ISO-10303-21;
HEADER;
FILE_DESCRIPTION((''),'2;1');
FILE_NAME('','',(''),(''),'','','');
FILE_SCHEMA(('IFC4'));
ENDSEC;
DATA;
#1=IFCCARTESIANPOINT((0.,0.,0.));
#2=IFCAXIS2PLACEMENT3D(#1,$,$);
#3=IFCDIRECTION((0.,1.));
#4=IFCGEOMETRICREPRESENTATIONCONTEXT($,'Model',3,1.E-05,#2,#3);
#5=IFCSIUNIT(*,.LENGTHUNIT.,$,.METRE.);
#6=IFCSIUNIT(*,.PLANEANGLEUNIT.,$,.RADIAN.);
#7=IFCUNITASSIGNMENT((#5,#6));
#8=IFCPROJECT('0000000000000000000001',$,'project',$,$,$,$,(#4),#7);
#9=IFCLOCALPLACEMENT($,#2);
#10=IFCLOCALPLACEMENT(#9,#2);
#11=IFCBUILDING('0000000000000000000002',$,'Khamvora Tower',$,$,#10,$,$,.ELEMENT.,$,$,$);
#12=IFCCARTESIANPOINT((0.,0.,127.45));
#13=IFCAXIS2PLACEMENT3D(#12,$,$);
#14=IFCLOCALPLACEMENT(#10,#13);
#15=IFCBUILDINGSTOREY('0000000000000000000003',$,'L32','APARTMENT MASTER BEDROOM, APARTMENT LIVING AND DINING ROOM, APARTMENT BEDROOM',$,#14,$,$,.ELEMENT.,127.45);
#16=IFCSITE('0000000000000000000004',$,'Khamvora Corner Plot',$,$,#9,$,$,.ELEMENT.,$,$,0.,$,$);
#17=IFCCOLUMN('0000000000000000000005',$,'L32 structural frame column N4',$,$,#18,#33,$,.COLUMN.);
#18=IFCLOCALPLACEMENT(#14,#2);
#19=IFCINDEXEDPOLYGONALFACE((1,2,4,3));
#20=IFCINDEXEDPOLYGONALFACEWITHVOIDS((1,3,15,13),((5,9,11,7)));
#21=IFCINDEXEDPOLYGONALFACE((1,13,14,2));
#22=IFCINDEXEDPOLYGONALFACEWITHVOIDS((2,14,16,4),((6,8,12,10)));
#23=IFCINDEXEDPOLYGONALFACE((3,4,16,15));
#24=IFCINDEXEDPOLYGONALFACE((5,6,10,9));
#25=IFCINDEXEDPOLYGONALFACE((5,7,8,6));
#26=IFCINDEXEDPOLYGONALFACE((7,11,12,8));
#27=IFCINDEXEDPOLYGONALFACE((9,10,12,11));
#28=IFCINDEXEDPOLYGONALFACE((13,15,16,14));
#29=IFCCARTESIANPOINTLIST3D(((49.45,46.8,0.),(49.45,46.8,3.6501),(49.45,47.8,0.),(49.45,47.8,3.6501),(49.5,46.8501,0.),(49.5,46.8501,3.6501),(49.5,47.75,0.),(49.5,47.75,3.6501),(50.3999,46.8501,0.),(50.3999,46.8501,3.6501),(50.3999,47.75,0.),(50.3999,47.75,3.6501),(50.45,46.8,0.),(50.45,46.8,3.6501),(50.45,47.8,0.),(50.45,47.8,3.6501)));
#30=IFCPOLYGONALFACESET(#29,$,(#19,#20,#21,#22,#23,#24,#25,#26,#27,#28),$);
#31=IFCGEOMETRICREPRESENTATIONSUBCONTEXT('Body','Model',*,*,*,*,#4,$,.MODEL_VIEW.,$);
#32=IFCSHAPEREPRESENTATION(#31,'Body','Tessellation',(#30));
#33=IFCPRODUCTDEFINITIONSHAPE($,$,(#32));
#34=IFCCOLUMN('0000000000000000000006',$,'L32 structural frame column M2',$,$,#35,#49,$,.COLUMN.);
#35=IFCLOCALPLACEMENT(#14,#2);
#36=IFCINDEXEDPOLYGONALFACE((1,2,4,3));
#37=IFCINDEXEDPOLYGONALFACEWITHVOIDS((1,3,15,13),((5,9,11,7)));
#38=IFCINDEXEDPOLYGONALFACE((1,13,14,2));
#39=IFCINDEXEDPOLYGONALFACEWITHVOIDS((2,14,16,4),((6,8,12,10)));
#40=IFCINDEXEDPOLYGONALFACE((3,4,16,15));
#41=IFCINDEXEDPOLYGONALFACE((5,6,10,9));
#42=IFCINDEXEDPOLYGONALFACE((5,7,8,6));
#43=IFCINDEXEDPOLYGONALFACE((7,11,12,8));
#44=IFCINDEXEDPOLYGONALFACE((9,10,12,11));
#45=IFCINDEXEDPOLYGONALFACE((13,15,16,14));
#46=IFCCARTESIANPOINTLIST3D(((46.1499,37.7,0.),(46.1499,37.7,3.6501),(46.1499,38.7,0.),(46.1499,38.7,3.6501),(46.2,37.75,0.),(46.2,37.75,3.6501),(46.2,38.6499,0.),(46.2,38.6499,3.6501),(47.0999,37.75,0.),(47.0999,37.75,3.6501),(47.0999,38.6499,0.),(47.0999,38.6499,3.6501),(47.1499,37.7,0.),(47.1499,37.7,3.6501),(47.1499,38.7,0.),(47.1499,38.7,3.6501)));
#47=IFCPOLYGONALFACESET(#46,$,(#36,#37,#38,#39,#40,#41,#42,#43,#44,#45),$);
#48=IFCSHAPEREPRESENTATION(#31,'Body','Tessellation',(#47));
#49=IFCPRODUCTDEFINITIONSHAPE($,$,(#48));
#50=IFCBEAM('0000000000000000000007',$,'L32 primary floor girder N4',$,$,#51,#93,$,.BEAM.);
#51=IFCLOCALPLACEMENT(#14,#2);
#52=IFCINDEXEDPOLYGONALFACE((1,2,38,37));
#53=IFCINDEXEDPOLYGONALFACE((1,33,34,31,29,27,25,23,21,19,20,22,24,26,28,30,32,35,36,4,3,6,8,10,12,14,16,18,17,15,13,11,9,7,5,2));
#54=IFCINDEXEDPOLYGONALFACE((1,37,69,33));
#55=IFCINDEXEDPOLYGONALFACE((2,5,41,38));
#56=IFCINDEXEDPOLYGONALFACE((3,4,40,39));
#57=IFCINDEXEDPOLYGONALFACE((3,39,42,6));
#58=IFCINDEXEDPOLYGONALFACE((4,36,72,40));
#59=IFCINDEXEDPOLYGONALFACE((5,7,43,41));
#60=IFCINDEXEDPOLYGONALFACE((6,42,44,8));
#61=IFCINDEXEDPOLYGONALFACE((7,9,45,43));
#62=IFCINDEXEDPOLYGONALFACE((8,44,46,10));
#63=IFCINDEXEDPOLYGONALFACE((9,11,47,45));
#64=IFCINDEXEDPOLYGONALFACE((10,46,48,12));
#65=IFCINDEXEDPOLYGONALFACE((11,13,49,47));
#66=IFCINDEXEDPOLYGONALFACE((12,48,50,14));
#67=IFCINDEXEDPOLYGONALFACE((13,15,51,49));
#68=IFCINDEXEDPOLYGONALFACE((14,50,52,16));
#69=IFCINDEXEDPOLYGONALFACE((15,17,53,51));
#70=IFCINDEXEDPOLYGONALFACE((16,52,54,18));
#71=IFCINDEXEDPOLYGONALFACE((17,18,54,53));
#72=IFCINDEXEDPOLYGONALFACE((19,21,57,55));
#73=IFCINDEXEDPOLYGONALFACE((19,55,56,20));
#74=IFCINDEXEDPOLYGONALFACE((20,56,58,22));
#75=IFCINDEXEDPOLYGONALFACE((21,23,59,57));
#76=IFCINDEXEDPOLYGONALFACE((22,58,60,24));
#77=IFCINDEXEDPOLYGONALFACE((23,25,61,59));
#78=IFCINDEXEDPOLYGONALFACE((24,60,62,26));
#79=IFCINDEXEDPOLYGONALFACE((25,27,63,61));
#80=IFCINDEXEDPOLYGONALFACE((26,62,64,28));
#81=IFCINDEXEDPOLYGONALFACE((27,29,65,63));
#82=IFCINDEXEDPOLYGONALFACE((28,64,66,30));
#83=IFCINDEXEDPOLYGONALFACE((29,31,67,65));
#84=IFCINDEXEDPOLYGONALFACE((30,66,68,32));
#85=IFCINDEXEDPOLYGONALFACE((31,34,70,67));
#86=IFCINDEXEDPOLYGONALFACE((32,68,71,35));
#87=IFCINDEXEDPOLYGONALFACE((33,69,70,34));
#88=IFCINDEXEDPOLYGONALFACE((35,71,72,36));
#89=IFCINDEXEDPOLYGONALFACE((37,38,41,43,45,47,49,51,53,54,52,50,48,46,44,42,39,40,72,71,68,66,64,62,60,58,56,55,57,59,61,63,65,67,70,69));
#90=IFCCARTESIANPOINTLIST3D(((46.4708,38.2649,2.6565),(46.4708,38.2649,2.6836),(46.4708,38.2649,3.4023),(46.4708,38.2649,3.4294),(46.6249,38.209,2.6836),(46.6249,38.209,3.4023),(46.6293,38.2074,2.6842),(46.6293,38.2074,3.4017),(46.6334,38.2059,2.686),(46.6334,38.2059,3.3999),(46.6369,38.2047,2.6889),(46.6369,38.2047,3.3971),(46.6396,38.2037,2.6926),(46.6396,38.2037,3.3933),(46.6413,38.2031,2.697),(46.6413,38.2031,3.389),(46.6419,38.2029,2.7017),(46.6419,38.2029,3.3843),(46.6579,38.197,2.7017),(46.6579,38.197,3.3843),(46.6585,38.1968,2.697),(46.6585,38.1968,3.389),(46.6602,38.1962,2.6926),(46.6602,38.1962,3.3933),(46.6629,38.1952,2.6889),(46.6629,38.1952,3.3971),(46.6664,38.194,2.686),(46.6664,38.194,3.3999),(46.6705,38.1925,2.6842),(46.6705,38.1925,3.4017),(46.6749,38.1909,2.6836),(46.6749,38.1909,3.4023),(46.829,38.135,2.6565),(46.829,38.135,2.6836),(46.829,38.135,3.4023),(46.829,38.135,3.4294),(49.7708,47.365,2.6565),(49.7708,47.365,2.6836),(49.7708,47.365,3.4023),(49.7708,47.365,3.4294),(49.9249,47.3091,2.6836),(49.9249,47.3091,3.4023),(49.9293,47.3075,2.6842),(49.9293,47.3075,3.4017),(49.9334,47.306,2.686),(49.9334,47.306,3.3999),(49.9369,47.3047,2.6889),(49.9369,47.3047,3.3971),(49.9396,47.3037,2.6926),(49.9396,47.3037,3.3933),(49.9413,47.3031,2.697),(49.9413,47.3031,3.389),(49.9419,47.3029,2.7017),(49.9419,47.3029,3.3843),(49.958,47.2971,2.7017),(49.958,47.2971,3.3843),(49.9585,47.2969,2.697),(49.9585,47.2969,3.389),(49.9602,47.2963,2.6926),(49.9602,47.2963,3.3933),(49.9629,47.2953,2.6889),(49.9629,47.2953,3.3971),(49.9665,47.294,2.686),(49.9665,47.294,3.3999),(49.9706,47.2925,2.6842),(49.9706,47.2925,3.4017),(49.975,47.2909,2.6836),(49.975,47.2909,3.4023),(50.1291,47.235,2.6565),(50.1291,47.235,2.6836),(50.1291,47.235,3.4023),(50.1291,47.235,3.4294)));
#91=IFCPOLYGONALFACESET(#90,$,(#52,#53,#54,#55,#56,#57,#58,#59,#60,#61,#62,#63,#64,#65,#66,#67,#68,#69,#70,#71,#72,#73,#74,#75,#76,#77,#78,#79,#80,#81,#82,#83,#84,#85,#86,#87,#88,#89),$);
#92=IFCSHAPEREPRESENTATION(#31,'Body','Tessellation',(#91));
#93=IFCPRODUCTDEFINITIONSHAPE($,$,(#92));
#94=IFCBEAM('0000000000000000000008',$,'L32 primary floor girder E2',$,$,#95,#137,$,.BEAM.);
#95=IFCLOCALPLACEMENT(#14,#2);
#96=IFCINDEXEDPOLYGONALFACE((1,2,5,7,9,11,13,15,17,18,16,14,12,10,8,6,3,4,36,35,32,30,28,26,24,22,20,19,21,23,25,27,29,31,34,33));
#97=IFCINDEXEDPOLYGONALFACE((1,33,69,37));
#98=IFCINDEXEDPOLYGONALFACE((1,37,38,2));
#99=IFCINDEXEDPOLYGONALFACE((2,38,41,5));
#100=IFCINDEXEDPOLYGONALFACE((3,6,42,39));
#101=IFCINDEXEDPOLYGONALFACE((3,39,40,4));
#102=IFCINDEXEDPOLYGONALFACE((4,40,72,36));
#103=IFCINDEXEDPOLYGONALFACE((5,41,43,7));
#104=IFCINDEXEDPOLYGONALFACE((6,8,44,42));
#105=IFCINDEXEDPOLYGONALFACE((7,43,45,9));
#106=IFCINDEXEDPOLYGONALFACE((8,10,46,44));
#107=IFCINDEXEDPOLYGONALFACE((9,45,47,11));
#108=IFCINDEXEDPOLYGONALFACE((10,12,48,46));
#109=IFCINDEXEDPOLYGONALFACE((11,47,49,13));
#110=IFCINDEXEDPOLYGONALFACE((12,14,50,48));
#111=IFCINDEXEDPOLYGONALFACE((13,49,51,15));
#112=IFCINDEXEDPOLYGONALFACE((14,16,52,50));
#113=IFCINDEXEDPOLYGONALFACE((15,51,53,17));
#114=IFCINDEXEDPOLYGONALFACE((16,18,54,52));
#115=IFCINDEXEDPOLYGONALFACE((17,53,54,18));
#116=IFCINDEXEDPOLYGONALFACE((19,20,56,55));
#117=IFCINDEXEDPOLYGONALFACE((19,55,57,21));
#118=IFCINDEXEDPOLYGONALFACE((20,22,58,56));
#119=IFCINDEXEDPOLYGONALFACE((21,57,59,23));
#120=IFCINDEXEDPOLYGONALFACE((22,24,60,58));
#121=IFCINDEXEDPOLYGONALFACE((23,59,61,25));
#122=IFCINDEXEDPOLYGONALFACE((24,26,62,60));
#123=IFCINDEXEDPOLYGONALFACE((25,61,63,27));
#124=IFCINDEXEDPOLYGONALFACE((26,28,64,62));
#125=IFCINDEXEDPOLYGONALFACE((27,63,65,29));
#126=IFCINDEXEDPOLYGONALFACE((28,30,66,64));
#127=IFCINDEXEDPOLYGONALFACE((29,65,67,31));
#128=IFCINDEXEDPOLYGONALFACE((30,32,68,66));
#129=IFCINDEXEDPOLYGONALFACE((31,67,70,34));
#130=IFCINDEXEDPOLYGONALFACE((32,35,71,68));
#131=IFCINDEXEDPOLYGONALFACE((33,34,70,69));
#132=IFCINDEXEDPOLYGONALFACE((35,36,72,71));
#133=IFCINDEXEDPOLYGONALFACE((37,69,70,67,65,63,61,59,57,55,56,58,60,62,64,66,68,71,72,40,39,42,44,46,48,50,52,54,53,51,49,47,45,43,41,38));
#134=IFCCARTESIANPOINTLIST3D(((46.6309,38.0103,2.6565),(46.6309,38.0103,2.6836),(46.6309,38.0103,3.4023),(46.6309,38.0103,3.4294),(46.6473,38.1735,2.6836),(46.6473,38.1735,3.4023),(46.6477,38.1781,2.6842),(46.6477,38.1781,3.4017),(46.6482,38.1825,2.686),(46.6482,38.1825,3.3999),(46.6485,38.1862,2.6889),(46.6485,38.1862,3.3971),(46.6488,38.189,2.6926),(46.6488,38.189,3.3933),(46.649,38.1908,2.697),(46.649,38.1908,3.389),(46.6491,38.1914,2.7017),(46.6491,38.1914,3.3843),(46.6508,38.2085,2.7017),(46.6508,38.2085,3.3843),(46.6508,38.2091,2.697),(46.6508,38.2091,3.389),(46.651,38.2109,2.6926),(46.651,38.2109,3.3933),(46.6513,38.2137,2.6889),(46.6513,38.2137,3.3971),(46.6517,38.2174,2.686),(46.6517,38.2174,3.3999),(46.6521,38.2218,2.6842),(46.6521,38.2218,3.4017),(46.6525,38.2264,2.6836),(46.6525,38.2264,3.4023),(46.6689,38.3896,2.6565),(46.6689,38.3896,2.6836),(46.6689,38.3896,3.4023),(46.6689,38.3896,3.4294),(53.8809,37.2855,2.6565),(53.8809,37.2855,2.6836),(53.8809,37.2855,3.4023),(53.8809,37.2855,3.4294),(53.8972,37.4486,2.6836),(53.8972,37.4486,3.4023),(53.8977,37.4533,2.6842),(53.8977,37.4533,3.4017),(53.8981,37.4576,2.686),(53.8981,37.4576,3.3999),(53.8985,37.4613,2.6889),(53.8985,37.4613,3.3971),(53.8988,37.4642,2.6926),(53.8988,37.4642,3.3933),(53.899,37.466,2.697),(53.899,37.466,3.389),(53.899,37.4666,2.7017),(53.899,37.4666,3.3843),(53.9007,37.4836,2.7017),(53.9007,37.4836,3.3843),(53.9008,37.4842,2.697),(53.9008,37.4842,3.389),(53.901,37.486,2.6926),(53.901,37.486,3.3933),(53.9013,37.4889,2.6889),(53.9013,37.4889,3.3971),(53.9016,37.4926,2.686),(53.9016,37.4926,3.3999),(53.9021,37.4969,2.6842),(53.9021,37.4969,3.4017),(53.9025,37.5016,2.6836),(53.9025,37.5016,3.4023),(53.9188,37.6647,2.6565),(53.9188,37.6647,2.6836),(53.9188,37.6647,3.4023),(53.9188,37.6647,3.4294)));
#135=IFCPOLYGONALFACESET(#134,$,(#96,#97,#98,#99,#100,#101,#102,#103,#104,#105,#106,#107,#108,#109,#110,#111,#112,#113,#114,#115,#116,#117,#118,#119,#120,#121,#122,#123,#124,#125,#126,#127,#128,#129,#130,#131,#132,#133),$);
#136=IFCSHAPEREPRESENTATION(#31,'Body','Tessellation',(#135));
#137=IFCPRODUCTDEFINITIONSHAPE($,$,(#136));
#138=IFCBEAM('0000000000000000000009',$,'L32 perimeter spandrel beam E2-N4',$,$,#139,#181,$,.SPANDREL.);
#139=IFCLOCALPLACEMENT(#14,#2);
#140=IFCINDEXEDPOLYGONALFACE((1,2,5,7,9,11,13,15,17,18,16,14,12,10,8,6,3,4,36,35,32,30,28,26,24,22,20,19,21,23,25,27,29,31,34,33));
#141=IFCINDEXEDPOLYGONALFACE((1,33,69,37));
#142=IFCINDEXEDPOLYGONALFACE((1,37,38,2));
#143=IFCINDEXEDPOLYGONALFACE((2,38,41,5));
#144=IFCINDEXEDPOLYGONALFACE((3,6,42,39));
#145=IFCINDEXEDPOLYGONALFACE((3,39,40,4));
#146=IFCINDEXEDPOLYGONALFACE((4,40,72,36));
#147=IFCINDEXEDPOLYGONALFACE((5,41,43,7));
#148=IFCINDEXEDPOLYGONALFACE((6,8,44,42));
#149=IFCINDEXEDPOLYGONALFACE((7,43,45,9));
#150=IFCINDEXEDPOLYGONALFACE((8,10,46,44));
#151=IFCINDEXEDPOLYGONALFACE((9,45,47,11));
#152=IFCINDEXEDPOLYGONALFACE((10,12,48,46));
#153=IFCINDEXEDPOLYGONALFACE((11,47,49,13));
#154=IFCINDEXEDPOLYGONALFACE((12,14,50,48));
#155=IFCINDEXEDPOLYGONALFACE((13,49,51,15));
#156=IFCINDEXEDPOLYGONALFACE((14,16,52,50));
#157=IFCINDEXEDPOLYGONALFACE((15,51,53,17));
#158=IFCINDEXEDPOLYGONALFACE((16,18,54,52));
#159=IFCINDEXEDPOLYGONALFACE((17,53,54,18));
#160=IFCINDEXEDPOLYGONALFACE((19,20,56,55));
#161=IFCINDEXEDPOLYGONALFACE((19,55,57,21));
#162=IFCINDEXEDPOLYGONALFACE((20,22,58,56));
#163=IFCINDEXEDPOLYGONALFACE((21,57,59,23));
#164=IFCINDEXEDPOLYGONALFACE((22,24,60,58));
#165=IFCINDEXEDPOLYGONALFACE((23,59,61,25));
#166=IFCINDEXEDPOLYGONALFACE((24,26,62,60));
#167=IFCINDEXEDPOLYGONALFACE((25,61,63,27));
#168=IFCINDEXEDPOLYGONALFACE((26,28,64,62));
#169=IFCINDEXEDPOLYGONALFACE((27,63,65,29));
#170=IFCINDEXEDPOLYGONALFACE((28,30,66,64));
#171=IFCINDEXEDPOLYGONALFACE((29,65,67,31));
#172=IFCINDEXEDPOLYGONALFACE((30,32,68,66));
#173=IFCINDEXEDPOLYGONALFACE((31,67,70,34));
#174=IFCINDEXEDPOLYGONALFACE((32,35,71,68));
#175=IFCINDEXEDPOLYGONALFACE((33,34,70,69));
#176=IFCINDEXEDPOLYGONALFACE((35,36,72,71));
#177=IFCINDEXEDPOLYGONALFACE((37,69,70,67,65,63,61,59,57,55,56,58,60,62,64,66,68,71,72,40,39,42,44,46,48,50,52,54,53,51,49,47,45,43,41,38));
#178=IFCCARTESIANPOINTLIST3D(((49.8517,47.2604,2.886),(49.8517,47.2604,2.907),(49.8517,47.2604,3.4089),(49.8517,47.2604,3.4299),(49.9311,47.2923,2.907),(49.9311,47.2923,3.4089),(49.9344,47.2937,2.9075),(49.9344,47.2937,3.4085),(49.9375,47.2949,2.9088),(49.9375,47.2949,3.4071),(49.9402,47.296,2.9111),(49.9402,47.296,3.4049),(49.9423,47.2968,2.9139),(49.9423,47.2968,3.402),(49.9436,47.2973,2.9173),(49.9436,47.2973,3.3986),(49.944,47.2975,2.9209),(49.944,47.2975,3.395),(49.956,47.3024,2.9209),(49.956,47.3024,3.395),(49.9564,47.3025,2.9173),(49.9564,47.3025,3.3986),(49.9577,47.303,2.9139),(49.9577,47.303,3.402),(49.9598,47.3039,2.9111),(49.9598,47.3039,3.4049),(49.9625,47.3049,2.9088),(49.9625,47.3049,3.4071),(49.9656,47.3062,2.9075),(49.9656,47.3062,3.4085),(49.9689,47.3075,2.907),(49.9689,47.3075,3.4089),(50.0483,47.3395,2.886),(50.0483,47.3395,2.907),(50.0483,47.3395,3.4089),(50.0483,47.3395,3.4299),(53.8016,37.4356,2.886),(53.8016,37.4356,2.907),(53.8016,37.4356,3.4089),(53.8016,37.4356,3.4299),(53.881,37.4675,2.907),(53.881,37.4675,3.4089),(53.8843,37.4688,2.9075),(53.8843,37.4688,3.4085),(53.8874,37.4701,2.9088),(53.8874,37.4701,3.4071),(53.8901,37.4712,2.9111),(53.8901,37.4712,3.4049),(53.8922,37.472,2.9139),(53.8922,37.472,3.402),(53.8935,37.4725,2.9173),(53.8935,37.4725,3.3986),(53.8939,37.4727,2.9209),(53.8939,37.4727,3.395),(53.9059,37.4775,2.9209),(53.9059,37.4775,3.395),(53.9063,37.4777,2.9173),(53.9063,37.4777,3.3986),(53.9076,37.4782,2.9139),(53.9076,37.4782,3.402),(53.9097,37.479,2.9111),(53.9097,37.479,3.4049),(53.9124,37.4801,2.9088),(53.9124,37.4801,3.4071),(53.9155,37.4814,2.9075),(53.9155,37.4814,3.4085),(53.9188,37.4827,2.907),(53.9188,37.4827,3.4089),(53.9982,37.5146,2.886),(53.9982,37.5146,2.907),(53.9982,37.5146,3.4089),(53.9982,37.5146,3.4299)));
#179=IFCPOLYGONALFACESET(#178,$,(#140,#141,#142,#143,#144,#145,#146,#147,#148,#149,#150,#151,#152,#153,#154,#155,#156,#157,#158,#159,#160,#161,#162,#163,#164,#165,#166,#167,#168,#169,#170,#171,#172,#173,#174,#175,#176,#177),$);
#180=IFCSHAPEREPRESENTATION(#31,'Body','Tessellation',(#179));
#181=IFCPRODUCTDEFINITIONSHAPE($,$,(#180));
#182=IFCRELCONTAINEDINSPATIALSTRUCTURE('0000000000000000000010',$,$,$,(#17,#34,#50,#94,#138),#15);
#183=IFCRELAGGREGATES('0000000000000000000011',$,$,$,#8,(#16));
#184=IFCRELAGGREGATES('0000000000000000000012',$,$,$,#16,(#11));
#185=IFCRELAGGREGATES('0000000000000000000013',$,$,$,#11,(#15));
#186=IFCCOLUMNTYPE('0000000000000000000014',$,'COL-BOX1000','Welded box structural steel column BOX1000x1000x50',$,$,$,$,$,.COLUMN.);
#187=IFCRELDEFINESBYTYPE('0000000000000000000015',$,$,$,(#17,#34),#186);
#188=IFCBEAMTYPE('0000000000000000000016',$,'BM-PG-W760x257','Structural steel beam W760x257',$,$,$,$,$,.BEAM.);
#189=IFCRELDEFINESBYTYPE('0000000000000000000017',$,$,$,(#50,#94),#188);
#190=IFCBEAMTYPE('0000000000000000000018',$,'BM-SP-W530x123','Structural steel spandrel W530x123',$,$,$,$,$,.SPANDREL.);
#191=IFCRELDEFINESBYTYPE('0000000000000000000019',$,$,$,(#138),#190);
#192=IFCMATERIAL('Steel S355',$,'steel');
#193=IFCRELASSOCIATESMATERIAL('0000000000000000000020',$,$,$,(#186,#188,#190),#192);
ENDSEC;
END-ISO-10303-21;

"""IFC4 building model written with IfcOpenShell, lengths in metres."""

from ifc_helpers import new_model, si_unit, direction, frame, origin, origin_2d, place, context, subcontext, project, spatial, hollow_rectangle, i_section, extrude, material, material_profile, profile_set, type_object, element, save


model = new_model("IFC4")

# Units and contexts
model_context = context("Model", 3, precision=1e-05, world=origin(), true_north=direction((0.0, 1.0)))
body_context = subcontext(model_context, "Body", "Model", "MODEL_VIEW")
ifc_project = project(units=[si_unit("LENGTHUNIT", "METRE"), si_unit("PLANEANGLEUNIT", "RADIAN")], contexts=[model_context])

# Site, building, storey
site_placement = place(None, origin())
site = spatial("IfcSite", under=ifc_project, at=site_placement, Name="Khamvora Corner Plot", CompositionType="ELEMENT", RefElevation=0.0)
building_placement = place(site_placement, origin())
building = spatial("IfcBuilding", under=site, at=building_placement, Name="Khamvora Tower", CompositionType="ELEMENT")
storey_placement = place(building_placement, frame((0.0, 0.0, 127.45)))
storey = spatial("IfcBuildingStorey", under=building, at=storey_placement, Name="L32", Description="APARTMENT MASTER BEDROOM, APARTMENT LIVING AND DINING ROOM, APARTMENT BEDROOM", CompositionType="ELEMENT", Elevation=127.45)

# Columns
ifc_material_1 = material(Name="Steel S355", Category="steel")
ifc_material_profile_1 = material_profile(ifc_material_1, hollow_rectangle(XDim=1.0, YDim=1.0, WallThickness=0.05, at=origin_2d()), Name="BOX1000x1000x50")
ifc_profile_set_1 = profile_set([ifc_material_profile_1], Name="Steel S355")
column_type = type_object("IfcColumnType", Name="COL-BOX1000", Description="Welded box structural steel column BOX1000x1000x50", PredefinedType="COLUMN", material=ifc_profile_set_1)
for number, where, z_axis, x_axis, name in (
    (1, (49.95, 47.3, 0.0), (0.0, 0.0, 1.0), (1.0, 0.0, 0.0), "L32 structural frame column N4"),
    (2, (46.6499, 38.2, 0.0), (0.0, 0.0, 1.0), (1.0, 0.0, 0.0), "L32 structural frame column M2"),
):
    element("IfcColumn", number, at=place(storey_placement, frame(where, z_axis=z_axis, x_axis=x_axis)), inside=storey, type_object=column_type, Name=name, PredefinedType="COLUMN", context=body_context, shape_type="SweptSolid", body=[
        extrude(hollow_rectangle(XDim=1.0, YDim=1.0, WallThickness=0.05, at=origin_2d()), origin(), (0.0, 0.0, 1.0), 3.6501),
    ])

# Beams
ifc_material_profile_2 = material_profile(ifc_material_1, i_section(OverallWidth=0.3811, OverallDepth=0.7729, WebThickness=0.0171, FlangeThickness=0.0271, FilletRadius=0.0181, at=origin_2d()), Name="W760x257")
ifc_profile_set_2 = profile_set([ifc_material_profile_2], Name="Steel S355")
beam_type_1 = type_object("IfcBeamType", Name="BM-PG-W760x257", Description="Structural steel beam W760x257", PredefinedType="BEAM", material=ifc_profile_set_2)
beam_1_placement = place(storey_placement, frame((46.6499, 38.2, 3.043), z_axis=(0.340915, 0.940094, 0.0), x_axis=(-0.940094, 0.340915, 0.0)))
element("IfcBeam", 3, at=beam_1_placement, inside=storey, type_object=beam_type_1, Name="L32 primary floor girder N4", PredefinedType="BEAM", context=body_context, shape_type="SweptSolid", body=[
    extrude(i_section(OverallWidth=0.3811, OverallDepth=0.7729, WebThickness=0.0171, FlangeThickness=0.0271, FilletRadius=0.0181, at=origin_2d()), origin(), (0.0, 0.0, 1.0), 9.6799),
])
beam_2_placement = place(storey_placement, frame((46.6499, 38.2, 3.043), z_axis=(0.995039, -0.099484, 0.0), x_axis=(0.099484, 0.995039, 0.0)))
element("IfcBeam", 4, at=beam_2_placement, inside=storey, type_object=beam_type_1, Name="L32 primary floor girder E2", PredefinedType="BEAM", context=body_context, shape_type="SweptSolid", body=[
    extrude(i_section(OverallWidth=0.3811, OverallDepth=0.7729, WebThickness=0.0171, FlangeThickness=0.0271, FilletRadius=0.0181, at=origin_2d()), origin(), (0.0, 0.0, 1.0), 7.2861),
])
ifc_material_profile_3 = material_profile(ifc_material_1, i_section(OverallWidth=0.2119, OverallDepth=0.5439, WebThickness=0.0129, FlangeThickness=0.021, FilletRadius=0.0139, at=origin_2d()), Name="W530x123")
ifc_profile_set_3 = profile_set([ifc_material_profile_3], Name="Steel S355")
beam_type_2 = type_object("IfcBeamType", Name="BM-SP-W530x123", Description="Structural steel spandrel W530x123", PredefinedType="SPANDREL", material=ifc_profile_set_3)
beam_3_placement = place(storey_placement, frame((53.8999, 37.4751, 3.158), z_axis=(-0.373016, 0.927825, 0.0), x_axis=(-0.927825, -0.373016, 0.0)))
element("IfcBeam", 5, at=beam_3_placement, inside=storey, type_object=beam_type_2, Name="L32 perimeter spandrel beam E2-N4", PredefinedType="SPANDREL", context=body_context, shape_type="SweptSolid", body=[
    extrude(i_section(OverallWidth=0.2119, OverallDepth=0.5439, WebThickness=0.0129, FlangeThickness=0.021, FilletRadius=0.0139, at=origin_2d()), origin(), (0.0, 0.0, 1.0), 10.5891),
])

save(model, "model.ifc")
